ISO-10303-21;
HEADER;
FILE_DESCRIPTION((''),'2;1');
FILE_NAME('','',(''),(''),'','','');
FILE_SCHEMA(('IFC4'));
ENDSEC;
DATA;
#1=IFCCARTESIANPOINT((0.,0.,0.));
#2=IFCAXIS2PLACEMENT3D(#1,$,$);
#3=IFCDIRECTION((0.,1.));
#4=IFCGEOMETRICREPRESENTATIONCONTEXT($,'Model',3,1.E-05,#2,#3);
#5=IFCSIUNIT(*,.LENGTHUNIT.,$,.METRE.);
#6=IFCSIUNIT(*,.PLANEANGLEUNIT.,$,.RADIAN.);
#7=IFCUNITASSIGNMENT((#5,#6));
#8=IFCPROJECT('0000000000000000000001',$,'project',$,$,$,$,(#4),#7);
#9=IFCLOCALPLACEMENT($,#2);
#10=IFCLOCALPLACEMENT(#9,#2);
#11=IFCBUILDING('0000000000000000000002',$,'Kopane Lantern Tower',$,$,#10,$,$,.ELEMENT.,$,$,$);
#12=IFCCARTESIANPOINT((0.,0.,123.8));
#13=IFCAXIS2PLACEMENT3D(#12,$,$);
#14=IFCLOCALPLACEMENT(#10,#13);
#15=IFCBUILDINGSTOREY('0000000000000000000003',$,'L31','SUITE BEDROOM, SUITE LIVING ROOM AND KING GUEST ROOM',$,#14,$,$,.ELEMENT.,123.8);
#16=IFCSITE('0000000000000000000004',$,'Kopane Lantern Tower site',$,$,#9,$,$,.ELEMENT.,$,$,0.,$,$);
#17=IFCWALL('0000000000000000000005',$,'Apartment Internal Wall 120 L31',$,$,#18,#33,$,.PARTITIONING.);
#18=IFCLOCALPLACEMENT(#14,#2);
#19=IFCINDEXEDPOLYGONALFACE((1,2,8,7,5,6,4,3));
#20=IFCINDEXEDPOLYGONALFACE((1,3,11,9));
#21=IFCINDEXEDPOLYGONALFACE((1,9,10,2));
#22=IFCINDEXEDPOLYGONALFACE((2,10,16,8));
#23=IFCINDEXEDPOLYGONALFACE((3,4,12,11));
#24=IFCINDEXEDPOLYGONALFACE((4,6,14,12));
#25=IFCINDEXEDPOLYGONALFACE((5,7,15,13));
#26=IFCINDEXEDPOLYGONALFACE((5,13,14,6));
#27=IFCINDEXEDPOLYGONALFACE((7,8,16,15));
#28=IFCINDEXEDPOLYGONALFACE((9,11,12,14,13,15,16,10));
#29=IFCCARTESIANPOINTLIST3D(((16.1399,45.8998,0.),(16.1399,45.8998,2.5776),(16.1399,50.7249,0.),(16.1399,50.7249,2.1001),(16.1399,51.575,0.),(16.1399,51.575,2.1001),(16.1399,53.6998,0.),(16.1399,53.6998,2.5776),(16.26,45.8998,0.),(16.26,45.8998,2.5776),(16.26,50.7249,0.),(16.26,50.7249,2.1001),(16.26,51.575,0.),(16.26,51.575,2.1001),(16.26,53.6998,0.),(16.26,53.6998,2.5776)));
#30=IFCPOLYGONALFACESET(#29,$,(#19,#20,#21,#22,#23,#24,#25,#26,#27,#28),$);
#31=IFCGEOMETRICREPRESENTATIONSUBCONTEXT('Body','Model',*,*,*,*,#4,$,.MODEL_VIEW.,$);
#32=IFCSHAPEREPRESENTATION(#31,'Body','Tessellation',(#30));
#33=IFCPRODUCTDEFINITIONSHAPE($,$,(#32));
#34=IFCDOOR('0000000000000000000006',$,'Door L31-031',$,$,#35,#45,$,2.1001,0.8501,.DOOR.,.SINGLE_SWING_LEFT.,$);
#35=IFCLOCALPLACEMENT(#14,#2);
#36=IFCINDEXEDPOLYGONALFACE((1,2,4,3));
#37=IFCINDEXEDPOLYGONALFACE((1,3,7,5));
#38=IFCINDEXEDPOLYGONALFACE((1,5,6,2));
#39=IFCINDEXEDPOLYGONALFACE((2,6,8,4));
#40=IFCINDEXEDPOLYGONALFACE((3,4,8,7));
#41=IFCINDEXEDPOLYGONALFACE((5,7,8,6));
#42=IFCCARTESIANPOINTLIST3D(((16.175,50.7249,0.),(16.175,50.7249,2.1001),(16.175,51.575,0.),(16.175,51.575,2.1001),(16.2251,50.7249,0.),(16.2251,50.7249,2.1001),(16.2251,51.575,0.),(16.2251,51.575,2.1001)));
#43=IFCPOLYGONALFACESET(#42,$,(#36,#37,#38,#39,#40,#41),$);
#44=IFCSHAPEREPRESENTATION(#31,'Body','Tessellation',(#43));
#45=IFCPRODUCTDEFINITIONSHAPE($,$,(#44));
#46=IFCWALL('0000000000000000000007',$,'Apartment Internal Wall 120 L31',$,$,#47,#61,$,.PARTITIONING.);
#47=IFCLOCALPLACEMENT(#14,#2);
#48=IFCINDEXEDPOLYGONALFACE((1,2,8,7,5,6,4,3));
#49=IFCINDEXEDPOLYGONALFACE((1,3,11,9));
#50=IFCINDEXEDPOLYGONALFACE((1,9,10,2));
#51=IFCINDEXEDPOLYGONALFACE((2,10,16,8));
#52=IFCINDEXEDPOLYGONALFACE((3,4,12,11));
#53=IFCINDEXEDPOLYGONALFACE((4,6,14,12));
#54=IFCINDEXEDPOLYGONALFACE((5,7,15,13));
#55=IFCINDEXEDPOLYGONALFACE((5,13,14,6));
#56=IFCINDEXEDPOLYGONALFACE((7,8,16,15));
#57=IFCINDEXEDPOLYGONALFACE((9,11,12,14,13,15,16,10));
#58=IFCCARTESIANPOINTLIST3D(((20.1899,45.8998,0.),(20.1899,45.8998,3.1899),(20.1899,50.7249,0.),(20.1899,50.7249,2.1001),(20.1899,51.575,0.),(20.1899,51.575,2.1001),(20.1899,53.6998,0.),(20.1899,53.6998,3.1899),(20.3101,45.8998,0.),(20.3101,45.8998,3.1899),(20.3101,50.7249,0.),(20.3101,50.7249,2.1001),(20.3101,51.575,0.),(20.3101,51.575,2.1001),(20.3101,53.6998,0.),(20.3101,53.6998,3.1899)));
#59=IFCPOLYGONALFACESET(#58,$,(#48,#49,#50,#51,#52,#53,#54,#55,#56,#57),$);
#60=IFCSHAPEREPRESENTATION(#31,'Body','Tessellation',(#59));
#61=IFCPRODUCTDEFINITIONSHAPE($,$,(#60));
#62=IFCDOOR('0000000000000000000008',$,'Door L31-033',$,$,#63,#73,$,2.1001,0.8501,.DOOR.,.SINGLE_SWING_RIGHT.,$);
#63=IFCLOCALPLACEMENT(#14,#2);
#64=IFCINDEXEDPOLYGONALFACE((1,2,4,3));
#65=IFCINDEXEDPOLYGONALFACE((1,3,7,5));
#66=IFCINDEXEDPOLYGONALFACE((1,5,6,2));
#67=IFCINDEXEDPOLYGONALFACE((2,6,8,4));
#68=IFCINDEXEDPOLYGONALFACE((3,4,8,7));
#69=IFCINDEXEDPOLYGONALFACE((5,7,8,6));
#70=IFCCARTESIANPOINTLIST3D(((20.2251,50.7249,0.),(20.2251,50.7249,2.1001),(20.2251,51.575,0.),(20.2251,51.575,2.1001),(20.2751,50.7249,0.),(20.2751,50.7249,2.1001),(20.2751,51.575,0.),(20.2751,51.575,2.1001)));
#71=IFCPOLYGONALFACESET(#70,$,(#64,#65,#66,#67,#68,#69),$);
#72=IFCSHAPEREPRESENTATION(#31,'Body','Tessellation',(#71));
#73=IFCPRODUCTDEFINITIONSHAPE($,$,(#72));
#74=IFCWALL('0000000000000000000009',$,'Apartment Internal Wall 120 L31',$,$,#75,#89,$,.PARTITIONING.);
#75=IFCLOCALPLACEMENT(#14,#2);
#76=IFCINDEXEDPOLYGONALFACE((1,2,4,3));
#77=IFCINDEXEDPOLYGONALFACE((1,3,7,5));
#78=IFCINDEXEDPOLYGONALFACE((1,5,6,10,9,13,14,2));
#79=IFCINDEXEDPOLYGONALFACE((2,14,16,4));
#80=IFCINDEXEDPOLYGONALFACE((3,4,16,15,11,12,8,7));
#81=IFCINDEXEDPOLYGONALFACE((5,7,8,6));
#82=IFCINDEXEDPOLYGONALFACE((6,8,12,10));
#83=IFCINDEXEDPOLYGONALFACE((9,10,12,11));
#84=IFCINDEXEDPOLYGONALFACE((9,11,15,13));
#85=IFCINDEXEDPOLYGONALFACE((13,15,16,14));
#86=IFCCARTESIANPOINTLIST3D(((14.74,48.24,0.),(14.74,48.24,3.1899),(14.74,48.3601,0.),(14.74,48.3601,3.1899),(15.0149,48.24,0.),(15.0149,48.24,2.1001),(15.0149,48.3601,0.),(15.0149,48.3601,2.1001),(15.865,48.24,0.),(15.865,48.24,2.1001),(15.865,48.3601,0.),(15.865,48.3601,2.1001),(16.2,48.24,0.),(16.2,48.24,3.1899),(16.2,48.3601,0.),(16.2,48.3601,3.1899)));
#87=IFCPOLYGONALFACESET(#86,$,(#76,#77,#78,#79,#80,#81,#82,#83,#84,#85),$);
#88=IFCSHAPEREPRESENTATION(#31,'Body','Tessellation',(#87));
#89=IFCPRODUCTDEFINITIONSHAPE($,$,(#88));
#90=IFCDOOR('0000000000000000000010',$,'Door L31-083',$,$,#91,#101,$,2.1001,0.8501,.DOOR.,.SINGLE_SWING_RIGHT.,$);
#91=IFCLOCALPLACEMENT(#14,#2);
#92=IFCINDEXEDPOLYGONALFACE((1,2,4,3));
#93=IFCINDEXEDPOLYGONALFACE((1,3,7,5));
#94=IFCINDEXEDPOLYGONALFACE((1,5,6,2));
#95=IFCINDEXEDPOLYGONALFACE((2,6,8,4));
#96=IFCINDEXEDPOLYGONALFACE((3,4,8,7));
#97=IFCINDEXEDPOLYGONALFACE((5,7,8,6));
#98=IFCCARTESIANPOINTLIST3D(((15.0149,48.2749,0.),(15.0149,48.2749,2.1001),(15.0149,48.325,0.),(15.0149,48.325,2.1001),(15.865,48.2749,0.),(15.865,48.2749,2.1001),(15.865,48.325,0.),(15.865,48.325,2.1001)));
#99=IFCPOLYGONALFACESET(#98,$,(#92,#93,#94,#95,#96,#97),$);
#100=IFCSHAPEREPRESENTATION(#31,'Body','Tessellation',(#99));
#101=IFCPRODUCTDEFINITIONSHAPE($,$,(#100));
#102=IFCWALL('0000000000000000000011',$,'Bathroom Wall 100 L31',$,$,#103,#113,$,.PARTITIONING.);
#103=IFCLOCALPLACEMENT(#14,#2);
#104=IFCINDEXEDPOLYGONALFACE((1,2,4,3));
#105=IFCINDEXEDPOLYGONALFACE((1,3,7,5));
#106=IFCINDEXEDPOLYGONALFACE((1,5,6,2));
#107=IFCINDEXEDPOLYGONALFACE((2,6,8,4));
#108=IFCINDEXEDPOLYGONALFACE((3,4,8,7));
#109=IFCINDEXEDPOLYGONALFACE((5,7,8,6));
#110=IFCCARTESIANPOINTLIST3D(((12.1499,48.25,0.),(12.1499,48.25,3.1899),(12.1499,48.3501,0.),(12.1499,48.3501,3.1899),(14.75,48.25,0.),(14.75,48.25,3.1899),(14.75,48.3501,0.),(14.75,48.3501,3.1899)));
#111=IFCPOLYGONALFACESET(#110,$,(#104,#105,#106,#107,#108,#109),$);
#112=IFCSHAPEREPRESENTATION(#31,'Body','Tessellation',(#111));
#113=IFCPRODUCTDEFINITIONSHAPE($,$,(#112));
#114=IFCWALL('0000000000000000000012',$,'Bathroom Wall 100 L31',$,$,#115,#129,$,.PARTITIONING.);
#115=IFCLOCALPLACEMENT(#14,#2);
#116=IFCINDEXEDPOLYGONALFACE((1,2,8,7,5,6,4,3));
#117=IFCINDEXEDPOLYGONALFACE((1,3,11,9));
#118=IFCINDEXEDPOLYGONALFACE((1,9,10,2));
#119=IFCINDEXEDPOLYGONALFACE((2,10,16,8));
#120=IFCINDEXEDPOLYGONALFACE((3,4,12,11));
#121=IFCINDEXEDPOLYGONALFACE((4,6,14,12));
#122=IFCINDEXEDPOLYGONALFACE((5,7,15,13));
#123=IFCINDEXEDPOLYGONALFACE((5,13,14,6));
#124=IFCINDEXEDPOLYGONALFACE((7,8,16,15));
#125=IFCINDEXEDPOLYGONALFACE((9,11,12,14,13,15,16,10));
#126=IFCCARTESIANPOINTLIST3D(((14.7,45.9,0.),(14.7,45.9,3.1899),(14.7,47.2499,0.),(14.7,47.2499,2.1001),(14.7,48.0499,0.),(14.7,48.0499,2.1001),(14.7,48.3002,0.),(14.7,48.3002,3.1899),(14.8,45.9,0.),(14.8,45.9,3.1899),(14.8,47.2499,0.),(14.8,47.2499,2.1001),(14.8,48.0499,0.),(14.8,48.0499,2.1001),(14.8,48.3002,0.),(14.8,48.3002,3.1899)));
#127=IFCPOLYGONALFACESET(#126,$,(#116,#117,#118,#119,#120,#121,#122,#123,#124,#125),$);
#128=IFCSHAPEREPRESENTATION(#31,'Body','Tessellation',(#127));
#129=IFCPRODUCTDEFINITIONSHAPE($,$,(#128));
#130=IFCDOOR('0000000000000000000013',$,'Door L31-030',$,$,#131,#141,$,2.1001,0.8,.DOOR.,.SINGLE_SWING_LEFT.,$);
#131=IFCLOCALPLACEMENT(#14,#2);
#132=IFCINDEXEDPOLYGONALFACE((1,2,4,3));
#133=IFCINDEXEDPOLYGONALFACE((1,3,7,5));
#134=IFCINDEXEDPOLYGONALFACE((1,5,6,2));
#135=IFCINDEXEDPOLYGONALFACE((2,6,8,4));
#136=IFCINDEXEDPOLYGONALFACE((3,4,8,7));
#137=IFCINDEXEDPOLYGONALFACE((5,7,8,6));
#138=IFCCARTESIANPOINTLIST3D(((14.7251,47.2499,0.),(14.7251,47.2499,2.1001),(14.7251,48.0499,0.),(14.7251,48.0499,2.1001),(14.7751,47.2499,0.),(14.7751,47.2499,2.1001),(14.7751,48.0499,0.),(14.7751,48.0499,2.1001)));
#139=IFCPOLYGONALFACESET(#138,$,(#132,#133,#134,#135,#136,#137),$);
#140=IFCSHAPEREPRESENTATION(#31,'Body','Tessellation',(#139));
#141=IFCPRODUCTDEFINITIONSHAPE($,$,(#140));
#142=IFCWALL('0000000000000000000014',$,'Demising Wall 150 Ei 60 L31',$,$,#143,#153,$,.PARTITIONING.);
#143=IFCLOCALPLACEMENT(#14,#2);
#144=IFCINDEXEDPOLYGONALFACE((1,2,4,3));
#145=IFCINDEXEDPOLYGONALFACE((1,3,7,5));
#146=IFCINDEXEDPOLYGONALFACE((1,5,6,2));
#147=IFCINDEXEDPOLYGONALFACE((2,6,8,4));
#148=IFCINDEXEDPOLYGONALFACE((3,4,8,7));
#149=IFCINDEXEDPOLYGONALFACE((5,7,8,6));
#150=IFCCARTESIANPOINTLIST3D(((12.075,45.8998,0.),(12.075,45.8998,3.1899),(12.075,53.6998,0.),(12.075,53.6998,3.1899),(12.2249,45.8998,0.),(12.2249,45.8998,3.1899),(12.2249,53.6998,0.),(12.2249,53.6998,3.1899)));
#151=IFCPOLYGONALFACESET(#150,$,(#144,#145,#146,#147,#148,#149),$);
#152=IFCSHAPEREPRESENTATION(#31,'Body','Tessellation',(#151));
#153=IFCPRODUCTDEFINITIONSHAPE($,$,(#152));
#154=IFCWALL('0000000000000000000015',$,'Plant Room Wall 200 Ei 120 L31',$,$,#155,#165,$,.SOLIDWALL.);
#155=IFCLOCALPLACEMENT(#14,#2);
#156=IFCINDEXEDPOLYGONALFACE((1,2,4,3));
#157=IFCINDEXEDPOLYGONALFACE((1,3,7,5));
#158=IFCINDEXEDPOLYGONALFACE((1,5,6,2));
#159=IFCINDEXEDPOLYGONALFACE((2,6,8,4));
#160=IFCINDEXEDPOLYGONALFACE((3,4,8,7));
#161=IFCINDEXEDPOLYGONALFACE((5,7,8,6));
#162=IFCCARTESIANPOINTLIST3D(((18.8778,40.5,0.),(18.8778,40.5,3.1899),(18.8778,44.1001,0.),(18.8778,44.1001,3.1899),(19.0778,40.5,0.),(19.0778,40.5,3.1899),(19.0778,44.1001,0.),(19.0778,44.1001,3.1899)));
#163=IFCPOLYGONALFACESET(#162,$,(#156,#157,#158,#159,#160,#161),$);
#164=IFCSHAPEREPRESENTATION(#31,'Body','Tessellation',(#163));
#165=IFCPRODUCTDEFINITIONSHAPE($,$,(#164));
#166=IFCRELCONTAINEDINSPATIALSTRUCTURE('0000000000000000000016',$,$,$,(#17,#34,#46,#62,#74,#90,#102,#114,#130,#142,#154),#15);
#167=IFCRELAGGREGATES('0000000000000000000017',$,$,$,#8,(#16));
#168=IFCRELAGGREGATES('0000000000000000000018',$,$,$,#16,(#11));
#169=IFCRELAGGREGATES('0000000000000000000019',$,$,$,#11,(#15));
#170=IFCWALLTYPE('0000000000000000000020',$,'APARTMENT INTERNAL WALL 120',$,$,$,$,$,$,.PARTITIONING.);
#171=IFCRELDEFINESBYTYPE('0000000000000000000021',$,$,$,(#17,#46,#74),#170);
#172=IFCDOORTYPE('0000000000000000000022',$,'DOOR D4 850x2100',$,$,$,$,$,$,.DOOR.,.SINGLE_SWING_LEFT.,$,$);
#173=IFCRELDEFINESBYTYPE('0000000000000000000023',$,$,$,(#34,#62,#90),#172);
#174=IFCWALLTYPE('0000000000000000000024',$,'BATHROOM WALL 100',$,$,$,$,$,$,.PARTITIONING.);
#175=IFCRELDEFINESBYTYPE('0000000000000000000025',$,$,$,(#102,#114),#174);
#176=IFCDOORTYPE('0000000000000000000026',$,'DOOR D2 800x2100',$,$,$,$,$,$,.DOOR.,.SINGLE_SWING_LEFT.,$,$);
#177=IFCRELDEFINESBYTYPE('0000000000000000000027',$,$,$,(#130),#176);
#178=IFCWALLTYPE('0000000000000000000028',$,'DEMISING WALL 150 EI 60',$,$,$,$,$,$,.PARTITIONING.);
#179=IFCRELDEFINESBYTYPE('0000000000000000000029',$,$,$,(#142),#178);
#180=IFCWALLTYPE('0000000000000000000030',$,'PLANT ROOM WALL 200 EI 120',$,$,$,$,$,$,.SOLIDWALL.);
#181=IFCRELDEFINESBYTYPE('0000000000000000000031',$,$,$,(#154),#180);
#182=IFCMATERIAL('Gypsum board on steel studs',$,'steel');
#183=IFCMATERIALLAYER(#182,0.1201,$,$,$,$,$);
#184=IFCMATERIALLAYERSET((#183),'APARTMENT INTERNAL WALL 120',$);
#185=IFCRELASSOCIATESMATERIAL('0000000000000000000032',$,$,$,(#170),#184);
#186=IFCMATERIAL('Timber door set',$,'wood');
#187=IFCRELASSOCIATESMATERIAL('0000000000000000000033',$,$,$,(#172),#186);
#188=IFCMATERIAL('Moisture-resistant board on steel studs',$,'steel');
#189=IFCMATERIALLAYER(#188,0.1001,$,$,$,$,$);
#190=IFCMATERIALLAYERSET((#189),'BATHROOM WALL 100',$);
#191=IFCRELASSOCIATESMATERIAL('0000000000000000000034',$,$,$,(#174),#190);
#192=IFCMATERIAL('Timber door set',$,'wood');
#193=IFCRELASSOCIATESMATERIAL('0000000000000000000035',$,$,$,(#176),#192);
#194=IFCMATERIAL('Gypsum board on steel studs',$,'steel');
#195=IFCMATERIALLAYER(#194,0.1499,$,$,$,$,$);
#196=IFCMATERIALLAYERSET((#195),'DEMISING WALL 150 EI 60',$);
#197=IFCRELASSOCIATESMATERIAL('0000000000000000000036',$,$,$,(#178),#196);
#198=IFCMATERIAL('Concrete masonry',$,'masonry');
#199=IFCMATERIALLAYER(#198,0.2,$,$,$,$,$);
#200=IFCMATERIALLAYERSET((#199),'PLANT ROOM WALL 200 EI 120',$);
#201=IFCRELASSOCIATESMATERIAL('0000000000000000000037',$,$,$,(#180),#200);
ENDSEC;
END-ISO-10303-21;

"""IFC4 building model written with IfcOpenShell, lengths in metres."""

from ifc_helpers import new_model, si_unit, direction, frame, frame_2d, origin, place, context, subcontext, project, spatial, rectangle, extrude, material, layer, layer_set, type_object, element, fill, save


model = new_model("IFC4")

# Units and contexts
model_context = context("Model", 3, precision=1e-05, world=origin(), true_north=direction((0.0, 1.0)))
body_context = subcontext(model_context, "Body", "Model", "MODEL_VIEW")
ifc_project = project(units=[si_unit("LENGTHUNIT", "METRE"), si_unit("PLANEANGLEUNIT", "RADIAN")], contexts=[model_context])

# Site, building, storey
site_placement = place(None, origin())
site = spatial("IfcSite", under=ifc_project, at=site_placement, Name="Kopane Lantern Tower site", CompositionType="ELEMENT", RefElevation=0.0)
building_placement = place(site_placement, origin())
building = spatial("IfcBuilding", under=site, at=building_placement, Name="Kopane Lantern Tower", CompositionType="ELEMENT")
storey_placement = place(building_placement, frame((0.0, 0.0, 123.8)))
storey = spatial("IfcBuildingStorey", under=building, at=storey_placement, Name="L31", Description="SUITE BEDROOM, SUITE LIVING ROOM AND KING GUEST ROOM", CompositionType="ELEMENT", Elevation=123.8)

# Walls, openings, doors
ifc_material_1 = material(Name="Gypsum board on steel studs", Category="steel")
ifc_layer_1 = layer(ifc_material_1, 0.1201)
ifc_layer_set_1 = layer_set([ifc_layer_1], Name="APARTMENT INTERNAL WALL 120")
wall_type_1 = type_object("IfcWallType", Name="APARTMENT INTERNAL WALL 120", PredefinedType="PARTITIONING", material=ifc_layer_set_1)
wall_1_placement = place(storey_placement, frame((16.2, 45.8999, 0.0), z_axis=(0.0, 0.0, 1.0), x_axis=(0.0, 1.0, 0.0)))
wall_1 = element("IfcWall", 1, at=wall_1_placement, inside=storey, type_object=wall_type_1, Name="Apartment Internal Wall 120 L31", PredefinedType="PARTITIONING", context=body_context, shape_type="SweptSolid", body=[
    extrude(rectangle(XDim=7.8, YDim=0.1201, at=frame_2d((3.8999, 0.0))), origin(), (0.0, 0.0, 1.0), 2.5776),
])
opening_1_placement = place(wall_1_placement, frame((4.825, 0.0, 0.0)))
opening_1 = element("IfcOpeningElement", 2, at=opening_1_placement, cuts=wall_1, PredefinedType="OPENING", context=body_context, shape_type="SweptSolid", body=[
    extrude(rectangle(XDim=0.8501, YDim=2.1001, at=frame_2d((0.425, 1.05))), frame((0.0, 0.0701, 0.0), z_axis=(0.0, -1.0, 0.0), x_axis=(1.0, 0.0, 0.0)), (0.0, 0.0, 1.0), 0.1401),
])
ifc_material_2 = material(Name="Timber door set", Category="wood")
door_type_1 = type_object("IfcDoorType", Name="DOOR D4 850x2100", OperationType="SINGLE_SWING_LEFT", PredefinedType="DOOR", material=ifc_material_2)
door_1_placement = place(opening_1_placement, origin())
door_1 = element("IfcDoor", 3, at=door_1_placement, inside=storey, type_object=door_type_1, Name="Door L31-031", OperationType="SINGLE_SWING_LEFT", OverallHeight=2.1001, OverallWidth=0.8501, PredefinedType="DOOR", context=body_context, shape_type="SweptSolid", body=[
    extrude(rectangle(XDim=0.8501, YDim=2.1001, at=frame_2d((0.425, 1.05))), frame((0.0, 0.0249, 0.0), z_axis=(0.0, -1.0, 0.0), x_axis=(1.0, 0.0, 0.0)), (0.0, 0.0, 1.0), 0.05),
])
fill(opening_1, door_1)
wall_2_placement = place(storey_placement, frame((20.25, 45.8999, 0.0), z_axis=(0.0, 0.0, 1.0), x_axis=(0.0, 1.0, 0.0)))
wall_2 = element("IfcWall", 4, at=wall_2_placement, inside=storey, type_object=wall_type_1, Name="Apartment Internal Wall 120 L31", PredefinedType="PARTITIONING", context=body_context, shape_type="SweptSolid", body=[
    extrude(rectangle(XDim=7.8, YDim=0.1201, at=frame_2d((3.8999, 0.0))), origin(), (0.0, 0.0, 1.0), 3.1899),
])
opening_2_placement = place(wall_2_placement, frame((4.825, 0.0, 0.0)))
opening_2 = element("IfcOpeningElement", 5, at=opening_2_placement, cuts=wall_2, PredefinedType="OPENING", context=body_context, shape_type="SweptSolid", body=[
    extrude(rectangle(XDim=0.8501, YDim=2.1001, at=frame_2d((0.425, 1.05))), frame((0.0, 0.0701, 0.0), z_axis=(0.0, -1.0, 0.0), x_axis=(1.0, 0.0, 0.0)), (0.0, 0.0, 1.0), 0.1401),
])
door_2_placement = place(opening_2_placement, origin())
door_2 = element("IfcDoor", 6, at=door_2_placement, inside=storey, type_object=door_type_1, Name="Door L31-033", OperationType="SINGLE_SWING_RIGHT", OverallHeight=2.1001, OverallWidth=0.8501, PredefinedType="DOOR", context=body_context, shape_type="SweptSolid", body=[
    extrude(rectangle(XDim=0.8501, YDim=2.1001, at=frame_2d((0.425, 1.05))), frame((0.0, 0.0249, 0.0), z_axis=(0.0, -1.0, 0.0), x_axis=(1.0, 0.0, 0.0)), (0.0, 0.0, 1.0), 0.05),
])
fill(opening_2, door_2)
wall_3_placement = place(storey_placement, frame((14.74, 48.3, 0.0), z_axis=(0.0, 0.0, 1.0), x_axis=(1.0, 0.0, 0.0)))
wall_3 = element("IfcWall", 7, at=wall_3_placement, inside=storey, type_object=wall_type_1, Name="Apartment Internal Wall 120 L31", PredefinedType="PARTITIONING", context=body_context, shape_type="SweptSolid", body=[
    extrude(rectangle(XDim=1.46, YDim=0.1201, at=frame_2d((0.73, 0.0))), origin(), (0.0, 0.0, 1.0), 3.1899),
])
opening_3_placement = place(wall_3_placement, frame((0.2749, 0.0, 0.0)))
opening_3 = element("IfcOpeningElement", 8, at=opening_3_placement, cuts=wall_3, PredefinedType="OPENING", context=body_context, shape_type="SweptSolid", body=[
    extrude(rectangle(XDim=0.8501, YDim=2.1001, at=frame_2d((0.425, 1.05))), frame((0.0, 0.0701, 0.0), z_axis=(0.0, -1.0, 0.0), x_axis=(1.0, 0.0, 0.0)), (0.0, 0.0, 1.0), 0.1401),
])
door_3_placement = place(opening_3_placement, origin())
door_3 = element("IfcDoor", 9, at=door_3_placement, inside=storey, type_object=door_type_1, Name="Door L31-083", OperationType="SINGLE_SWING_RIGHT", OverallHeight=2.1001, OverallWidth=0.8501, PredefinedType="DOOR", context=body_context, shape_type="SweptSolid", body=[
    extrude(rectangle(XDim=0.8501, YDim=2.1001, at=frame_2d((0.425, 1.05))), frame((0.0, 0.0249, 0.0), z_axis=(0.0, -1.0, 0.0), x_axis=(1.0, 0.0, 0.0)), (0.0, 0.0, 1.0), 0.05),
])
fill(opening_3, door_3)

# Wall
ifc_material_3 = material(Name="Moisture-resistant board on steel studs", Category="steel")
ifc_layer_2 = layer(ifc_material_3, 0.1001)
ifc_layer_set_2 = layer_set([ifc_layer_2], Name="BATHROOM WALL 100")
wall_type_2 = type_object("IfcWallType", Name="BATHROOM WALL 100", PredefinedType="PARTITIONING", material=ifc_layer_set_2)
wall_4_placement = place(storey_placement, frame((12.1499, 48.3, 0.0), z_axis=(0.0, 0.0, 1.0), x_axis=(1.0, 0.0, 0.0)))
element("IfcWall", 10, at=wall_4_placement, inside=storey, type_object=wall_type_2, Name="Bathroom Wall 100 L31", PredefinedType="PARTITIONING", context=body_context, shape_type="SweptSolid", body=[
    extrude(rectangle(XDim=2.6001, YDim=0.1001, at=frame_2d((1.3, 0.0))), origin(), (0.0, 0.0, 1.0), 3.1899),
])

# Wall, opening, door
wall_5_placement = place(storey_placement, frame((14.75, 45.8999, 0.0), z_axis=(0.0, 0.0, 1.0), x_axis=(0.0, 1.0, 0.0)))
wall_5 = element("IfcWall", 11, at=wall_5_placement, inside=storey, type_object=wall_type_2, Name="Bathroom Wall 100 L31", PredefinedType="PARTITIONING", context=body_context, shape_type="SweptSolid", body=[
    extrude(rectangle(XDim=2.4001, YDim=0.1001, at=frame_2d((1.2002, 0.0))), origin(), (0.0, 0.0, 1.0), 3.1899),
])
opening_4_placement = place(wall_5_placement, frame((1.3501, 0.0, 0.0)))
opening_4 = element("IfcOpeningElement", 12, at=opening_4_placement, cuts=wall_5, PredefinedType="OPENING", context=body_context, shape_type="SweptSolid", body=[
    extrude(rectangle(XDim=0.8, YDim=2.1001, at=frame_2d((0.3999, 1.05))), frame((0.0, 0.0601, 0.0), z_axis=(0.0, -1.0, 0.0), x_axis=(1.0, 0.0, 0.0)), (0.0, 0.0, 1.0), 0.1201),
])
ifc_material_4 = material(Name="Timber door set", Category="wood")
door_type_2 = type_object("IfcDoorType", Name="DOOR D2 800x2100", OperationType="SINGLE_SWING_LEFT", PredefinedType="DOOR", material=ifc_material_4)
door_4_placement = place(opening_4_placement, origin())
door_4 = element("IfcDoor", 13, at=door_4_placement, inside=storey, type_object=door_type_2, Name="Door L31-030", OperationType="SINGLE_SWING_LEFT", OverallHeight=2.1001, OverallWidth=0.8, PredefinedType="DOOR", context=body_context, shape_type="SweptSolid", body=[
    extrude(rectangle(XDim=0.8, YDim=2.1001, at=frame_2d((0.3999, 1.05))), frame((0.0, 0.0249, 0.0), z_axis=(0.0, -1.0, 0.0), x_axis=(1.0, 0.0, 0.0)), (0.0, 0.0, 1.0), 0.05),
])
fill(opening_4, door_4)

# Walls
ifc_material_5 = material(Name="Gypsum board on steel studs", Category="steel")
ifc_layer_3 = layer(ifc_material_5, 0.1499)
ifc_layer_set_3 = layer_set([ifc_layer_3], Name="DEMISING WALL 150 EI 60")
wall_type_3 = type_object("IfcWallType", Name="DEMISING WALL 150 EI 60", PredefinedType="PARTITIONING", material=ifc_layer_set_3)
wall_6_placement = place(storey_placement, frame((12.1499, 45.8999, 0.0), z_axis=(0.0, 0.0, 1.0), x_axis=(0.0, 1.0, 0.0)))
element("IfcWall", 14, at=wall_6_placement, inside=storey, type_object=wall_type_3, Name="Demising Wall 150 Ei 60 L31", PredefinedType="PARTITIONING", context=body_context, shape_type="SweptSolid", body=[
    extrude(rectangle(XDim=7.8, YDim=0.1499, at=frame_2d((3.8999, 0.0))), origin(), (0.0, 0.0, 1.0), 3.1899),
])
ifc_material_6 = material(Name="Concrete masonry", Category="masonry")
ifc_layer_4 = layer(ifc_material_6, 0.2)
ifc_layer_set_4 = layer_set([ifc_layer_4], Name="PLANT ROOM WALL 200 EI 120")
wall_type_4 = type_object("IfcWallType", Name="PLANT ROOM WALL 200 EI 120", PredefinedType="SOLIDWALL", material=ifc_layer_set_4)
wall_7_placement = place(storey_placement, frame((18.9778, 44.1001, 0.0), z_axis=(0.0, 0.0, 1.0), x_axis=(0.0, -1.0, 0.0)))
element("IfcWall", 15, at=wall_7_placement, inside=storey, type_object=wall_type_4, Name="Plant Room Wall 200 Ei 120 L31", PredefinedType="SOLIDWALL", context=body_context, shape_type="SweptSolid", body=[
    extrude(rectangle(XDim=3.6001, YDim=0.2, at=frame_2d((1.8, 0.0))), origin(), (0.0, 0.0, 1.0), 3.1899),
])

save(model, "model.ifc")
